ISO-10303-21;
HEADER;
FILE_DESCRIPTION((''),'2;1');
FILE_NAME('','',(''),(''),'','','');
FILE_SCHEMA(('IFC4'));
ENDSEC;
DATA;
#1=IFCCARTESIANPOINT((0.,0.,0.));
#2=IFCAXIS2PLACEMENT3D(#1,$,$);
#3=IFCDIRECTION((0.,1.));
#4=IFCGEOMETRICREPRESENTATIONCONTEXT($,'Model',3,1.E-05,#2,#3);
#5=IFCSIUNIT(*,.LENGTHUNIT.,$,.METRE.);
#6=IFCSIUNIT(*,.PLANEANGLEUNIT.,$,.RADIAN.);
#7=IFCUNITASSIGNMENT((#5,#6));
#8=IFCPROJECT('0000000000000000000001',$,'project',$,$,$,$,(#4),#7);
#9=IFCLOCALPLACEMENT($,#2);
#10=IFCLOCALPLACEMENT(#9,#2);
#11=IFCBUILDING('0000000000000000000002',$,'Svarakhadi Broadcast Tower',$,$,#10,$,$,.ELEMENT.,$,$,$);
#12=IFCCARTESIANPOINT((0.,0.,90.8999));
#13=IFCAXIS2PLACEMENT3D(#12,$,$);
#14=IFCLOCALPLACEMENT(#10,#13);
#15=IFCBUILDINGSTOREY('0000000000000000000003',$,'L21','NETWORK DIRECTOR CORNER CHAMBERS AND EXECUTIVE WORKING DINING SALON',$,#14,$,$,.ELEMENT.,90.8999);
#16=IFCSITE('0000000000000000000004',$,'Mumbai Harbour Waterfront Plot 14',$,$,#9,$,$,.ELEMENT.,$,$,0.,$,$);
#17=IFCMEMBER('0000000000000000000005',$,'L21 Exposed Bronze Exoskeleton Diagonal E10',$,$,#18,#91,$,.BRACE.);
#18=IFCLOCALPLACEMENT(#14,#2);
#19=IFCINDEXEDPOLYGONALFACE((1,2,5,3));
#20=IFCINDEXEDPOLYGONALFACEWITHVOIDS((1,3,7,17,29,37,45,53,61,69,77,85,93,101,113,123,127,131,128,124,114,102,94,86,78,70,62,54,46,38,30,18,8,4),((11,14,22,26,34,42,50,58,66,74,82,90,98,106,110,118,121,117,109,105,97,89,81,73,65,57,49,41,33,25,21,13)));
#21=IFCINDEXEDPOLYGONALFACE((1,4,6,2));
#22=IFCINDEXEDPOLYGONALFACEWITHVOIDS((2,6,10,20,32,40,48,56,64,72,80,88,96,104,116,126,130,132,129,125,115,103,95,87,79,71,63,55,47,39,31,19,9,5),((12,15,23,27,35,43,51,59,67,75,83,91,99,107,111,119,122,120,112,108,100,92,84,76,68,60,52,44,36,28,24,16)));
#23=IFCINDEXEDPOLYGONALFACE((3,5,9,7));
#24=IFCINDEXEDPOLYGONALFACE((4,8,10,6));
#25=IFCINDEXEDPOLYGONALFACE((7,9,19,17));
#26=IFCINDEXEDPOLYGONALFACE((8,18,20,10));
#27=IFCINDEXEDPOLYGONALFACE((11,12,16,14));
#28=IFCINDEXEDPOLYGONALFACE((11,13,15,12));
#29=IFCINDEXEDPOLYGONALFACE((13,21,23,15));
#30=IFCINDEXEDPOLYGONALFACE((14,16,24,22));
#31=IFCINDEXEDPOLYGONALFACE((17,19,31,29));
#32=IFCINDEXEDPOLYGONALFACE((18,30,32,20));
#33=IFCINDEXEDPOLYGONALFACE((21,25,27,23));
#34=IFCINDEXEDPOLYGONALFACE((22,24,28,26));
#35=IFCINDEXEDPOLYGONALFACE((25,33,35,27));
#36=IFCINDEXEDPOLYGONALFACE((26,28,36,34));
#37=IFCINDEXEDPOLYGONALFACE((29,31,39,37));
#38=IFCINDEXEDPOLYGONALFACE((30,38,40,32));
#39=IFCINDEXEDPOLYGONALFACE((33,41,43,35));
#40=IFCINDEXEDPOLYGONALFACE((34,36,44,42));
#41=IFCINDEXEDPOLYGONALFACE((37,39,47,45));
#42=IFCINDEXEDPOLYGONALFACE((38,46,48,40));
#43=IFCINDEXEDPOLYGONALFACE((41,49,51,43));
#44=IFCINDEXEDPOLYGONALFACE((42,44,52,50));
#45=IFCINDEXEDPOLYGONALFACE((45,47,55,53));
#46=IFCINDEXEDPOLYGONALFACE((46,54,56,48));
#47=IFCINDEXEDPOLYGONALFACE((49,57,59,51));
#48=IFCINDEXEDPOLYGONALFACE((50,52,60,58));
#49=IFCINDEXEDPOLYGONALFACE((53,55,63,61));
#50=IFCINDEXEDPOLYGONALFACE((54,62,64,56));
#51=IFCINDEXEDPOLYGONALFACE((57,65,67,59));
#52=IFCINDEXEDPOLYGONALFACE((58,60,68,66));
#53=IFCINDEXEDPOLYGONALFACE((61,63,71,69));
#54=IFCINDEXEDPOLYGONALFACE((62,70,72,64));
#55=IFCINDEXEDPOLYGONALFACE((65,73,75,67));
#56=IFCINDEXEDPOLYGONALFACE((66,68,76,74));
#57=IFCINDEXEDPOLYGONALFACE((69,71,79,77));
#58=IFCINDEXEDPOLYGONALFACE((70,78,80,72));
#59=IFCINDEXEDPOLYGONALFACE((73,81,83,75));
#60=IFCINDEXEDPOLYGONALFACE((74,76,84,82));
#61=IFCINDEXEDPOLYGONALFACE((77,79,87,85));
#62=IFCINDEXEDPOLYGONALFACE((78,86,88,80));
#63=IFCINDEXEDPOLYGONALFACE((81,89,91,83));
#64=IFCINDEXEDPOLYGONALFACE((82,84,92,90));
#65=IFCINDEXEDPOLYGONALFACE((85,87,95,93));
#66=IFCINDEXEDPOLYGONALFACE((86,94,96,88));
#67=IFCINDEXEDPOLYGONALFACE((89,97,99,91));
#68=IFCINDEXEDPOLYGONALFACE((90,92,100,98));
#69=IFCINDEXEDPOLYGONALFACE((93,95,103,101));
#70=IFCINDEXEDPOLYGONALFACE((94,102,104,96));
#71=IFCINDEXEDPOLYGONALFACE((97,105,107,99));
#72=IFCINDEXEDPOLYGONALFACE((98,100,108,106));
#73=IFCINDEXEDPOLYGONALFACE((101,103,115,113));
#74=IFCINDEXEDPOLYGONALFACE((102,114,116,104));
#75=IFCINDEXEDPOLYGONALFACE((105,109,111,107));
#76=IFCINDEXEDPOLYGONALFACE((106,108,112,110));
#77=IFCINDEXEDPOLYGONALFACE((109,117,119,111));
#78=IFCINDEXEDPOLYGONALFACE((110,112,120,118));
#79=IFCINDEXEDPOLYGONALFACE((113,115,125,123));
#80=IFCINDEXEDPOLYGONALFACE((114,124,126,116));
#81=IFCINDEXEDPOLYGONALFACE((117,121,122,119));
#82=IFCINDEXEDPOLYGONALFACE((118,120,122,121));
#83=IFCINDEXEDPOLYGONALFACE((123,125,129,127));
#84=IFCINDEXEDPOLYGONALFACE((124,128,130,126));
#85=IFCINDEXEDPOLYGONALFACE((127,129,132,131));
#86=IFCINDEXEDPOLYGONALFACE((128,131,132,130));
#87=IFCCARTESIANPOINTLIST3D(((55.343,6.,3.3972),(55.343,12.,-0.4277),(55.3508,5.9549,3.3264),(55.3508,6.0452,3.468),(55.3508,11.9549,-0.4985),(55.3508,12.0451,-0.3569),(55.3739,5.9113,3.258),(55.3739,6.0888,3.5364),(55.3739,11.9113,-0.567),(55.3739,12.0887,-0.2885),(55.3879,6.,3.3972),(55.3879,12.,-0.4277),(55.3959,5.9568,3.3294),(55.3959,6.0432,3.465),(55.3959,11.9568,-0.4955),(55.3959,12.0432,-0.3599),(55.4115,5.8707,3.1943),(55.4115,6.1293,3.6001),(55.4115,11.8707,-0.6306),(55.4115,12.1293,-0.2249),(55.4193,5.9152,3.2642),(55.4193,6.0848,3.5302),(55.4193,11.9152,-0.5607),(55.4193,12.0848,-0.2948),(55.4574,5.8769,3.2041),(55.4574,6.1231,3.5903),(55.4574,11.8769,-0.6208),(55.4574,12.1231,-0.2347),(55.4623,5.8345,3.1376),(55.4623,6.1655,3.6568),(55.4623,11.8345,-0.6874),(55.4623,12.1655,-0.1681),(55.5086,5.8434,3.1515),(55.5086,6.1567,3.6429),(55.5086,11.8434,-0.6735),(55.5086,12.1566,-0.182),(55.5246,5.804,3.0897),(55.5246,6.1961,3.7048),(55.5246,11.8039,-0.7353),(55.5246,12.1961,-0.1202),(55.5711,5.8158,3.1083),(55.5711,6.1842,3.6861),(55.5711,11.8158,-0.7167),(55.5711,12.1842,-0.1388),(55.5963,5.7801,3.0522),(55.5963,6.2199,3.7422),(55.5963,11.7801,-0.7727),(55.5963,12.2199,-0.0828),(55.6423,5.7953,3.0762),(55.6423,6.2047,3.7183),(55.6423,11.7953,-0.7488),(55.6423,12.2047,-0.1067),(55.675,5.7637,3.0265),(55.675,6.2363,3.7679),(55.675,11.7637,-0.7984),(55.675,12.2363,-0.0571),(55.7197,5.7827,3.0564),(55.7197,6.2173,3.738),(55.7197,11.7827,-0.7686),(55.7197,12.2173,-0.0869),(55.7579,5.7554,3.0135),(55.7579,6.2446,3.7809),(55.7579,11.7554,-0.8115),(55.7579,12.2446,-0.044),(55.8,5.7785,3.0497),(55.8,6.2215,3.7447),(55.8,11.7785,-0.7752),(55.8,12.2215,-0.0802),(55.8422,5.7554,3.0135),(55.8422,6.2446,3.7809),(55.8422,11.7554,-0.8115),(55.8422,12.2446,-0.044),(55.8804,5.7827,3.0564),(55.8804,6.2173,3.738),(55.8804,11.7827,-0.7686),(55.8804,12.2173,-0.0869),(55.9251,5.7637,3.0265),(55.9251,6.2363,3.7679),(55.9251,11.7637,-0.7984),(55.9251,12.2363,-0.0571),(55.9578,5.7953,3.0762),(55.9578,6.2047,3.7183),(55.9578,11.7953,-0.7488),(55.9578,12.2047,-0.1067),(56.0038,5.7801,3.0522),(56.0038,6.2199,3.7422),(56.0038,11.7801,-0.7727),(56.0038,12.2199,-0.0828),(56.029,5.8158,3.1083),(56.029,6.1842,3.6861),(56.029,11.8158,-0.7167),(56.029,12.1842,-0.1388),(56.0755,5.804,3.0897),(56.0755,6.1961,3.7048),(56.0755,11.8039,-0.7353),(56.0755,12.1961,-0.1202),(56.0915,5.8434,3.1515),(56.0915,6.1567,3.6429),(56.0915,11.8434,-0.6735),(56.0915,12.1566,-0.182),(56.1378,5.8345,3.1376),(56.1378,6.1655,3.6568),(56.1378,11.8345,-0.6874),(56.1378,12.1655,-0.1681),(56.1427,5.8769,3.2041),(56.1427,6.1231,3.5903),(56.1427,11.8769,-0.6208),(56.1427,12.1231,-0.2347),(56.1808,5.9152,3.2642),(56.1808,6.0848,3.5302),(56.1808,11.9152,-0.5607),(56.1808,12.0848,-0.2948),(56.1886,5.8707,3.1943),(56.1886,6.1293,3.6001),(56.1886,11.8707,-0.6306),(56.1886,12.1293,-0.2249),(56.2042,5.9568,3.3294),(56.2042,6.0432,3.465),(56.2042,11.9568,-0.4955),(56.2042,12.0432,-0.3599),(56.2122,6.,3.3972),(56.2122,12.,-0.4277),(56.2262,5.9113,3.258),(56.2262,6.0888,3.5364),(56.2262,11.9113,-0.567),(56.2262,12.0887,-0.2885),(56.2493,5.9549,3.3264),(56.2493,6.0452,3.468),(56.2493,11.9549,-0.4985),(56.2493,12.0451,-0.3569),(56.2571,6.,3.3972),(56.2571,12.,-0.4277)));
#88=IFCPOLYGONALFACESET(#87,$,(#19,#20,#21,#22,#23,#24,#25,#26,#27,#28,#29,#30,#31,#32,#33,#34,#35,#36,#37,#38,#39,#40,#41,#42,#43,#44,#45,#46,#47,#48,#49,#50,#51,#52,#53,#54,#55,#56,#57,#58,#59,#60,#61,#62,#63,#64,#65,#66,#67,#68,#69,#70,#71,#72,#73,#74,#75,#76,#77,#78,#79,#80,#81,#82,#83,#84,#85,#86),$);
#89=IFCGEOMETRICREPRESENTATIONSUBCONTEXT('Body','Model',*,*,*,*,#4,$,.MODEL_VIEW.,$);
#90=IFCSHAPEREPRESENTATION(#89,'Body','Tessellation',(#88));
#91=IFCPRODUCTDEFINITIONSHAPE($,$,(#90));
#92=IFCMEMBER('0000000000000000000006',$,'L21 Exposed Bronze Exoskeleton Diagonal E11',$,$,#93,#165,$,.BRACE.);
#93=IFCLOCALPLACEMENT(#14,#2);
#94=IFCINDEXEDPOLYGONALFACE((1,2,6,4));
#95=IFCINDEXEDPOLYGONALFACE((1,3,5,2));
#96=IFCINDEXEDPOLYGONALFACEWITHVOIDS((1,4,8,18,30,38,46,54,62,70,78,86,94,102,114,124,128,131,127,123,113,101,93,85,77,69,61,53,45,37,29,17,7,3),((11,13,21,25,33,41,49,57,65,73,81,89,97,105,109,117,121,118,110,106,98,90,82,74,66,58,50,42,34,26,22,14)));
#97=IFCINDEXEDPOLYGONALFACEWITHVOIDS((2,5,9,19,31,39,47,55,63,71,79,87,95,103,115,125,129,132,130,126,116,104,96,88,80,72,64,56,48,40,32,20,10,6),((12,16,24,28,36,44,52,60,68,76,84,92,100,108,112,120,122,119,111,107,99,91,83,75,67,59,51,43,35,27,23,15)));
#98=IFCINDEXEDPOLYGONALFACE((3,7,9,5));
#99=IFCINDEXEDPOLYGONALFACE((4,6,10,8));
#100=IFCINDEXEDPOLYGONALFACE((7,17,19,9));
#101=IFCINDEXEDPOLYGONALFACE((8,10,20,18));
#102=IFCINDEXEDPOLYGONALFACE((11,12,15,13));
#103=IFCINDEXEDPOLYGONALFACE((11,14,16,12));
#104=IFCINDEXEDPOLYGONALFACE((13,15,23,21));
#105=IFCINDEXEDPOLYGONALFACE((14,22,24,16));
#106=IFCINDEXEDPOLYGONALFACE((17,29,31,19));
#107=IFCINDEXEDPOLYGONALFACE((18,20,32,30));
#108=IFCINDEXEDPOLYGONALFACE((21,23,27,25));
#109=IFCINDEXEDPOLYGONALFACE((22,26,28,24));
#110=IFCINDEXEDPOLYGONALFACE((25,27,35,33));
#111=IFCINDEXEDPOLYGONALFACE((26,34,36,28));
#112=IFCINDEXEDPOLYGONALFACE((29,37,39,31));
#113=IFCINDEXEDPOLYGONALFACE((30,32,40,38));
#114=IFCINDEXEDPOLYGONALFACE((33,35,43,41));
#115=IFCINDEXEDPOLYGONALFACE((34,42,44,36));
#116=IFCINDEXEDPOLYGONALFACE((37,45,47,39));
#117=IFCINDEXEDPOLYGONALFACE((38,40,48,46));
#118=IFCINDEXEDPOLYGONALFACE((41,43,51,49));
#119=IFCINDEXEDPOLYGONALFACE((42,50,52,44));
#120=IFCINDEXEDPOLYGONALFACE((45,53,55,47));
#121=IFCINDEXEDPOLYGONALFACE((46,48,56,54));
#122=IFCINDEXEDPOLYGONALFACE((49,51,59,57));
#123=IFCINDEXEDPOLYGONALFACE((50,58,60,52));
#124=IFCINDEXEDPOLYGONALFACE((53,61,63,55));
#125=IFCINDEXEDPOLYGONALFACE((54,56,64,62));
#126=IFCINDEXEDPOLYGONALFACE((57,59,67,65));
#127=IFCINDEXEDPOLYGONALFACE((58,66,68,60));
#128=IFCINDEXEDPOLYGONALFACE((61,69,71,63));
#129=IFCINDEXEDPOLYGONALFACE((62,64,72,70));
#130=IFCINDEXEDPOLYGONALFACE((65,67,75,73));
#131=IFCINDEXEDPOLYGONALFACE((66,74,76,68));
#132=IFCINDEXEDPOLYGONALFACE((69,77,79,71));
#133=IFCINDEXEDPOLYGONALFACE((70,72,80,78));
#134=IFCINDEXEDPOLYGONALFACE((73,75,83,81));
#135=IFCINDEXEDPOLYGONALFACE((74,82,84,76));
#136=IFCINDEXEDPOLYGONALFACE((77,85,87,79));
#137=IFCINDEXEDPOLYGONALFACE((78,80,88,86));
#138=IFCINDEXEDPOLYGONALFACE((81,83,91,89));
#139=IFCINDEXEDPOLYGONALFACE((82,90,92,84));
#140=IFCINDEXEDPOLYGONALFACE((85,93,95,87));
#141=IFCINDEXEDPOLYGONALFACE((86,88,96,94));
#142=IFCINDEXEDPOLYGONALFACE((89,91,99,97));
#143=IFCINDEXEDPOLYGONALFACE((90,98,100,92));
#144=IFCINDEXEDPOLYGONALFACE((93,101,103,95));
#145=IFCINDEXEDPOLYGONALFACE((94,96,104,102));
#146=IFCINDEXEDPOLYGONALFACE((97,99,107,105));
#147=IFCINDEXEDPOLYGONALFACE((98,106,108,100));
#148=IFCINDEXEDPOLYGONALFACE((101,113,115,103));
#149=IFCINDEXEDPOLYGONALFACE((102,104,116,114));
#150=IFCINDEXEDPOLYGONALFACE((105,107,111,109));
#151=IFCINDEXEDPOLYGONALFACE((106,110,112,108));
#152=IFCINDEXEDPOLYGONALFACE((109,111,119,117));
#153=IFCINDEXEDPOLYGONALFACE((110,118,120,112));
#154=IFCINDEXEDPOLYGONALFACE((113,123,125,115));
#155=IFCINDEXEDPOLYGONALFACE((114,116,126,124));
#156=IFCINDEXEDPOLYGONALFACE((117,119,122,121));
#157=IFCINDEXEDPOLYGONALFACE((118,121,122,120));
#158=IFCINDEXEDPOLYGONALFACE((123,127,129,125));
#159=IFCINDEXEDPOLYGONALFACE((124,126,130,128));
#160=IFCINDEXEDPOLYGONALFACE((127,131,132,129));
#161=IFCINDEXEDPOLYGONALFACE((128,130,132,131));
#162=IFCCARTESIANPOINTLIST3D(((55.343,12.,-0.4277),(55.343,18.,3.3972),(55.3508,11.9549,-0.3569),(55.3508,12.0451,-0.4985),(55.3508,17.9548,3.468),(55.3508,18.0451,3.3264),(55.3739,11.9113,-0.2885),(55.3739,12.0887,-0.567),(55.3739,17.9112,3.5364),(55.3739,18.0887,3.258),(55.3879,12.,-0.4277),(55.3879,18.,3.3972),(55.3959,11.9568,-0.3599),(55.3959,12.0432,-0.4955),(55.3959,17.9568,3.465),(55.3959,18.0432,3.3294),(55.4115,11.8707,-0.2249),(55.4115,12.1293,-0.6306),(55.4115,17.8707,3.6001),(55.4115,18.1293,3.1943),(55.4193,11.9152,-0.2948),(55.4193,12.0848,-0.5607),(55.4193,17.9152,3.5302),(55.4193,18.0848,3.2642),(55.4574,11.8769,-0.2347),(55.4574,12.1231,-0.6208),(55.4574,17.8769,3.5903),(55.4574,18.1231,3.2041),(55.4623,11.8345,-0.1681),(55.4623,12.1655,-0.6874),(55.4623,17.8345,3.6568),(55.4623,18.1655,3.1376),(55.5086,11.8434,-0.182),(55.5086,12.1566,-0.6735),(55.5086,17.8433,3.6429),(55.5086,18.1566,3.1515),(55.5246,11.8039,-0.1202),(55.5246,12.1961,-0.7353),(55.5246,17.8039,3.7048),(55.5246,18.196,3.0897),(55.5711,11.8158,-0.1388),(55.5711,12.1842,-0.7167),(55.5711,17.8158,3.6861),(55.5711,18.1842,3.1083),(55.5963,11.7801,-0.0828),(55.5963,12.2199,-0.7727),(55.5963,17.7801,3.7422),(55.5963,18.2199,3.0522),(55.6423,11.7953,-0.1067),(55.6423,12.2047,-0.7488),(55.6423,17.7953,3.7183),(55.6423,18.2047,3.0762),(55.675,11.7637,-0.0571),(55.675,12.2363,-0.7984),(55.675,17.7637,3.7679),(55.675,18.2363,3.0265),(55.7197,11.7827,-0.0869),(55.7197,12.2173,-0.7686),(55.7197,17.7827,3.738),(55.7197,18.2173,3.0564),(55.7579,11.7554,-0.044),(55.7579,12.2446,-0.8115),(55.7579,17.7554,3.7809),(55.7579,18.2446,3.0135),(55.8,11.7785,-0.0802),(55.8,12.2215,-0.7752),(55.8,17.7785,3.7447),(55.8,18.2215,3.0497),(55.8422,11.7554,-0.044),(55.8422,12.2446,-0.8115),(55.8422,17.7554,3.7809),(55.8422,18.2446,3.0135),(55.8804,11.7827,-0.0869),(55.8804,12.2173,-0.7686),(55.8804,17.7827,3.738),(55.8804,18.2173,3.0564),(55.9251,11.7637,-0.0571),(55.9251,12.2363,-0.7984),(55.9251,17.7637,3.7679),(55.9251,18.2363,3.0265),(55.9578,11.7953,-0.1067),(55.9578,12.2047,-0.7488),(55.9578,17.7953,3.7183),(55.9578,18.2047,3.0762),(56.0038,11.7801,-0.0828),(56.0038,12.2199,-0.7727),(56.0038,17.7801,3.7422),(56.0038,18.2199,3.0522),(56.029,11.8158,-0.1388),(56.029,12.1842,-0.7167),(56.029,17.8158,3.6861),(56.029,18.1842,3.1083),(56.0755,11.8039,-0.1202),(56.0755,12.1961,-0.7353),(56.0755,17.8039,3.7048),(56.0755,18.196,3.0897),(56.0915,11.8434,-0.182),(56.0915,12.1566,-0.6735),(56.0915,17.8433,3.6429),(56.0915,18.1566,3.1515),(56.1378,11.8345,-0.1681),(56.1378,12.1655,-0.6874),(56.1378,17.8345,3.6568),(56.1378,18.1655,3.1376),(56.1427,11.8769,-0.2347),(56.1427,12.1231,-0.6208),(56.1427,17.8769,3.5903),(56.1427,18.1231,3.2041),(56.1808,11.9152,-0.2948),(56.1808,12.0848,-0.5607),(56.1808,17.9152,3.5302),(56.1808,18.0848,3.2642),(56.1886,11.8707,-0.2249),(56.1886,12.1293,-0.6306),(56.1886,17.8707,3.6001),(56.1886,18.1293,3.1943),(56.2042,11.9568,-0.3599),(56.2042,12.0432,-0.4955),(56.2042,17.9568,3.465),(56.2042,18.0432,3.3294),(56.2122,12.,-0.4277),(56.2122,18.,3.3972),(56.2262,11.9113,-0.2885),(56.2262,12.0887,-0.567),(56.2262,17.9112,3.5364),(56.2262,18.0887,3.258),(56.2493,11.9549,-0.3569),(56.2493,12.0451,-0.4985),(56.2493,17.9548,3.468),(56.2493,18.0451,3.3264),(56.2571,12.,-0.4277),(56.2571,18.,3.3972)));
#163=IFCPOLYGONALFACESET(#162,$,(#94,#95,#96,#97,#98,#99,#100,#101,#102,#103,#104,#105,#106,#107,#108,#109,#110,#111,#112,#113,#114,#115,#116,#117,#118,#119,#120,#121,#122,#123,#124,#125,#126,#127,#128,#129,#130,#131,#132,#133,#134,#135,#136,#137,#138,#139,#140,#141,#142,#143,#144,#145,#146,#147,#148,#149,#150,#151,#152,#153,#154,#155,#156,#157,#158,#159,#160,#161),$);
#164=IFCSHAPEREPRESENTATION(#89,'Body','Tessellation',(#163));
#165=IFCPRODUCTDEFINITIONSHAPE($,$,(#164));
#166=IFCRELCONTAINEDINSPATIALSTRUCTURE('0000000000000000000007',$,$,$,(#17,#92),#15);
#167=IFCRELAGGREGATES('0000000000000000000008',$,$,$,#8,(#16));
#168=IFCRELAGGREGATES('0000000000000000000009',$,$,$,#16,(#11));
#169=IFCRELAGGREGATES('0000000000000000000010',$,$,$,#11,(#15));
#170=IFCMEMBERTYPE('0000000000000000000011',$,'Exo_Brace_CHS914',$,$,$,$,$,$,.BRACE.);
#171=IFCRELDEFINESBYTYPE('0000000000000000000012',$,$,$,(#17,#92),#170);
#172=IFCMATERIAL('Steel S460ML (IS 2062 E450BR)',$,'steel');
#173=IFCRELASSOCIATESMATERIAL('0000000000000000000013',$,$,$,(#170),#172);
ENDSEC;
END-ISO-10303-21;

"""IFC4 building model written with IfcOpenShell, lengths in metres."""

from ifc_helpers import new_model, si_unit, direction, frame, origin, origin_2d, place, context, subcontext, project, spatial, hollow_circle, extrude, material, material_profile, profile_set, type_object, element, save


model = new_model("IFC4")

# Units and contexts
model_context = context("Model", 3, precision=1e-05, world=origin(), true_north=direction((0.0, 1.0)))
body_context = subcontext(model_context, "Body", "Model", "MODEL_VIEW")
ifc_project = project(units=[si_unit("LENGTHUNIT", "METRE"), si_unit("PLANEANGLEUNIT", "RADIAN")], contexts=[model_context])

# Site, building, storey
site_placement = place(None, origin())
site = spatial("IfcSite", under=ifc_project, at=site_placement, Name="Mumbai Harbour Waterfront Plot 14", CompositionType="ELEMENT", RefElevation=0.0)
building_placement = place(site_placement, origin())
building = spatial("IfcBuilding", under=site, at=building_placement, Name="Svarakhadi Broadcast Tower", CompositionType="ELEMENT")
storey_placement = place(building_placement, frame((0.0, 0.0, 90.8999)))
storey = spatial("IfcBuildingStorey", under=building, at=storey_placement, Name="L21", Description="NETWORK DIRECTOR CORNER CHAMBERS AND EXECUTIVE WORKING DINING SALON", CompositionType="ELEMENT", Elevation=90.8999)

# Members
ifc_material_1 = material(Name="Steel S460ML (IS 2062 E450BR)", Category="steel")
ifc_material_profile_1 = material_profile(ifc_material_1, hollow_circle(Radius=0.457, WallThickness=0.0449, at=origin_2d()), Name="CHS 914x45")
ifc_profile_set_1 = profile_set([ifc_material_profile_1], Name="Steel S460ML (IS 2062 E450BR)")
member_type_1 = type_object("IfcMemberType", Name="Exo_Brace_CHS914", PredefinedType="BRACE", material=ifc_profile_set_1)
for number, where, z_axis, x_axis, name in (
    (1, (55.8, 12.0, -0.4277), (0.0, -0.84323, 0.537552), (1.0, 0.0, 0.0), "L21 Exposed Bronze Exoskeleton Diagonal E10"),
    (2, (55.8, 12.0, -0.4277), (0.0, 0.84323, 0.537552), (-1.0, 0.0, 0.0), "L21 Exposed Bronze Exoskeleton Diagonal E11"),
):
    element("IfcMember", number, at=place(storey_placement, frame(where, z_axis=z_axis, x_axis=x_axis)), inside=storey, type_object=member_type_1, Name=name, PredefinedType="BRACE", context=body_context, shape_type="SweptSolid", body=[
        extrude(hollow_circle(Radius=0.457, WallThickness=0.0449, at=origin_2d()), origin(), (0.0, 0.0, 1.0), 7.1155),
    ])

save(model, "model.ifc")
